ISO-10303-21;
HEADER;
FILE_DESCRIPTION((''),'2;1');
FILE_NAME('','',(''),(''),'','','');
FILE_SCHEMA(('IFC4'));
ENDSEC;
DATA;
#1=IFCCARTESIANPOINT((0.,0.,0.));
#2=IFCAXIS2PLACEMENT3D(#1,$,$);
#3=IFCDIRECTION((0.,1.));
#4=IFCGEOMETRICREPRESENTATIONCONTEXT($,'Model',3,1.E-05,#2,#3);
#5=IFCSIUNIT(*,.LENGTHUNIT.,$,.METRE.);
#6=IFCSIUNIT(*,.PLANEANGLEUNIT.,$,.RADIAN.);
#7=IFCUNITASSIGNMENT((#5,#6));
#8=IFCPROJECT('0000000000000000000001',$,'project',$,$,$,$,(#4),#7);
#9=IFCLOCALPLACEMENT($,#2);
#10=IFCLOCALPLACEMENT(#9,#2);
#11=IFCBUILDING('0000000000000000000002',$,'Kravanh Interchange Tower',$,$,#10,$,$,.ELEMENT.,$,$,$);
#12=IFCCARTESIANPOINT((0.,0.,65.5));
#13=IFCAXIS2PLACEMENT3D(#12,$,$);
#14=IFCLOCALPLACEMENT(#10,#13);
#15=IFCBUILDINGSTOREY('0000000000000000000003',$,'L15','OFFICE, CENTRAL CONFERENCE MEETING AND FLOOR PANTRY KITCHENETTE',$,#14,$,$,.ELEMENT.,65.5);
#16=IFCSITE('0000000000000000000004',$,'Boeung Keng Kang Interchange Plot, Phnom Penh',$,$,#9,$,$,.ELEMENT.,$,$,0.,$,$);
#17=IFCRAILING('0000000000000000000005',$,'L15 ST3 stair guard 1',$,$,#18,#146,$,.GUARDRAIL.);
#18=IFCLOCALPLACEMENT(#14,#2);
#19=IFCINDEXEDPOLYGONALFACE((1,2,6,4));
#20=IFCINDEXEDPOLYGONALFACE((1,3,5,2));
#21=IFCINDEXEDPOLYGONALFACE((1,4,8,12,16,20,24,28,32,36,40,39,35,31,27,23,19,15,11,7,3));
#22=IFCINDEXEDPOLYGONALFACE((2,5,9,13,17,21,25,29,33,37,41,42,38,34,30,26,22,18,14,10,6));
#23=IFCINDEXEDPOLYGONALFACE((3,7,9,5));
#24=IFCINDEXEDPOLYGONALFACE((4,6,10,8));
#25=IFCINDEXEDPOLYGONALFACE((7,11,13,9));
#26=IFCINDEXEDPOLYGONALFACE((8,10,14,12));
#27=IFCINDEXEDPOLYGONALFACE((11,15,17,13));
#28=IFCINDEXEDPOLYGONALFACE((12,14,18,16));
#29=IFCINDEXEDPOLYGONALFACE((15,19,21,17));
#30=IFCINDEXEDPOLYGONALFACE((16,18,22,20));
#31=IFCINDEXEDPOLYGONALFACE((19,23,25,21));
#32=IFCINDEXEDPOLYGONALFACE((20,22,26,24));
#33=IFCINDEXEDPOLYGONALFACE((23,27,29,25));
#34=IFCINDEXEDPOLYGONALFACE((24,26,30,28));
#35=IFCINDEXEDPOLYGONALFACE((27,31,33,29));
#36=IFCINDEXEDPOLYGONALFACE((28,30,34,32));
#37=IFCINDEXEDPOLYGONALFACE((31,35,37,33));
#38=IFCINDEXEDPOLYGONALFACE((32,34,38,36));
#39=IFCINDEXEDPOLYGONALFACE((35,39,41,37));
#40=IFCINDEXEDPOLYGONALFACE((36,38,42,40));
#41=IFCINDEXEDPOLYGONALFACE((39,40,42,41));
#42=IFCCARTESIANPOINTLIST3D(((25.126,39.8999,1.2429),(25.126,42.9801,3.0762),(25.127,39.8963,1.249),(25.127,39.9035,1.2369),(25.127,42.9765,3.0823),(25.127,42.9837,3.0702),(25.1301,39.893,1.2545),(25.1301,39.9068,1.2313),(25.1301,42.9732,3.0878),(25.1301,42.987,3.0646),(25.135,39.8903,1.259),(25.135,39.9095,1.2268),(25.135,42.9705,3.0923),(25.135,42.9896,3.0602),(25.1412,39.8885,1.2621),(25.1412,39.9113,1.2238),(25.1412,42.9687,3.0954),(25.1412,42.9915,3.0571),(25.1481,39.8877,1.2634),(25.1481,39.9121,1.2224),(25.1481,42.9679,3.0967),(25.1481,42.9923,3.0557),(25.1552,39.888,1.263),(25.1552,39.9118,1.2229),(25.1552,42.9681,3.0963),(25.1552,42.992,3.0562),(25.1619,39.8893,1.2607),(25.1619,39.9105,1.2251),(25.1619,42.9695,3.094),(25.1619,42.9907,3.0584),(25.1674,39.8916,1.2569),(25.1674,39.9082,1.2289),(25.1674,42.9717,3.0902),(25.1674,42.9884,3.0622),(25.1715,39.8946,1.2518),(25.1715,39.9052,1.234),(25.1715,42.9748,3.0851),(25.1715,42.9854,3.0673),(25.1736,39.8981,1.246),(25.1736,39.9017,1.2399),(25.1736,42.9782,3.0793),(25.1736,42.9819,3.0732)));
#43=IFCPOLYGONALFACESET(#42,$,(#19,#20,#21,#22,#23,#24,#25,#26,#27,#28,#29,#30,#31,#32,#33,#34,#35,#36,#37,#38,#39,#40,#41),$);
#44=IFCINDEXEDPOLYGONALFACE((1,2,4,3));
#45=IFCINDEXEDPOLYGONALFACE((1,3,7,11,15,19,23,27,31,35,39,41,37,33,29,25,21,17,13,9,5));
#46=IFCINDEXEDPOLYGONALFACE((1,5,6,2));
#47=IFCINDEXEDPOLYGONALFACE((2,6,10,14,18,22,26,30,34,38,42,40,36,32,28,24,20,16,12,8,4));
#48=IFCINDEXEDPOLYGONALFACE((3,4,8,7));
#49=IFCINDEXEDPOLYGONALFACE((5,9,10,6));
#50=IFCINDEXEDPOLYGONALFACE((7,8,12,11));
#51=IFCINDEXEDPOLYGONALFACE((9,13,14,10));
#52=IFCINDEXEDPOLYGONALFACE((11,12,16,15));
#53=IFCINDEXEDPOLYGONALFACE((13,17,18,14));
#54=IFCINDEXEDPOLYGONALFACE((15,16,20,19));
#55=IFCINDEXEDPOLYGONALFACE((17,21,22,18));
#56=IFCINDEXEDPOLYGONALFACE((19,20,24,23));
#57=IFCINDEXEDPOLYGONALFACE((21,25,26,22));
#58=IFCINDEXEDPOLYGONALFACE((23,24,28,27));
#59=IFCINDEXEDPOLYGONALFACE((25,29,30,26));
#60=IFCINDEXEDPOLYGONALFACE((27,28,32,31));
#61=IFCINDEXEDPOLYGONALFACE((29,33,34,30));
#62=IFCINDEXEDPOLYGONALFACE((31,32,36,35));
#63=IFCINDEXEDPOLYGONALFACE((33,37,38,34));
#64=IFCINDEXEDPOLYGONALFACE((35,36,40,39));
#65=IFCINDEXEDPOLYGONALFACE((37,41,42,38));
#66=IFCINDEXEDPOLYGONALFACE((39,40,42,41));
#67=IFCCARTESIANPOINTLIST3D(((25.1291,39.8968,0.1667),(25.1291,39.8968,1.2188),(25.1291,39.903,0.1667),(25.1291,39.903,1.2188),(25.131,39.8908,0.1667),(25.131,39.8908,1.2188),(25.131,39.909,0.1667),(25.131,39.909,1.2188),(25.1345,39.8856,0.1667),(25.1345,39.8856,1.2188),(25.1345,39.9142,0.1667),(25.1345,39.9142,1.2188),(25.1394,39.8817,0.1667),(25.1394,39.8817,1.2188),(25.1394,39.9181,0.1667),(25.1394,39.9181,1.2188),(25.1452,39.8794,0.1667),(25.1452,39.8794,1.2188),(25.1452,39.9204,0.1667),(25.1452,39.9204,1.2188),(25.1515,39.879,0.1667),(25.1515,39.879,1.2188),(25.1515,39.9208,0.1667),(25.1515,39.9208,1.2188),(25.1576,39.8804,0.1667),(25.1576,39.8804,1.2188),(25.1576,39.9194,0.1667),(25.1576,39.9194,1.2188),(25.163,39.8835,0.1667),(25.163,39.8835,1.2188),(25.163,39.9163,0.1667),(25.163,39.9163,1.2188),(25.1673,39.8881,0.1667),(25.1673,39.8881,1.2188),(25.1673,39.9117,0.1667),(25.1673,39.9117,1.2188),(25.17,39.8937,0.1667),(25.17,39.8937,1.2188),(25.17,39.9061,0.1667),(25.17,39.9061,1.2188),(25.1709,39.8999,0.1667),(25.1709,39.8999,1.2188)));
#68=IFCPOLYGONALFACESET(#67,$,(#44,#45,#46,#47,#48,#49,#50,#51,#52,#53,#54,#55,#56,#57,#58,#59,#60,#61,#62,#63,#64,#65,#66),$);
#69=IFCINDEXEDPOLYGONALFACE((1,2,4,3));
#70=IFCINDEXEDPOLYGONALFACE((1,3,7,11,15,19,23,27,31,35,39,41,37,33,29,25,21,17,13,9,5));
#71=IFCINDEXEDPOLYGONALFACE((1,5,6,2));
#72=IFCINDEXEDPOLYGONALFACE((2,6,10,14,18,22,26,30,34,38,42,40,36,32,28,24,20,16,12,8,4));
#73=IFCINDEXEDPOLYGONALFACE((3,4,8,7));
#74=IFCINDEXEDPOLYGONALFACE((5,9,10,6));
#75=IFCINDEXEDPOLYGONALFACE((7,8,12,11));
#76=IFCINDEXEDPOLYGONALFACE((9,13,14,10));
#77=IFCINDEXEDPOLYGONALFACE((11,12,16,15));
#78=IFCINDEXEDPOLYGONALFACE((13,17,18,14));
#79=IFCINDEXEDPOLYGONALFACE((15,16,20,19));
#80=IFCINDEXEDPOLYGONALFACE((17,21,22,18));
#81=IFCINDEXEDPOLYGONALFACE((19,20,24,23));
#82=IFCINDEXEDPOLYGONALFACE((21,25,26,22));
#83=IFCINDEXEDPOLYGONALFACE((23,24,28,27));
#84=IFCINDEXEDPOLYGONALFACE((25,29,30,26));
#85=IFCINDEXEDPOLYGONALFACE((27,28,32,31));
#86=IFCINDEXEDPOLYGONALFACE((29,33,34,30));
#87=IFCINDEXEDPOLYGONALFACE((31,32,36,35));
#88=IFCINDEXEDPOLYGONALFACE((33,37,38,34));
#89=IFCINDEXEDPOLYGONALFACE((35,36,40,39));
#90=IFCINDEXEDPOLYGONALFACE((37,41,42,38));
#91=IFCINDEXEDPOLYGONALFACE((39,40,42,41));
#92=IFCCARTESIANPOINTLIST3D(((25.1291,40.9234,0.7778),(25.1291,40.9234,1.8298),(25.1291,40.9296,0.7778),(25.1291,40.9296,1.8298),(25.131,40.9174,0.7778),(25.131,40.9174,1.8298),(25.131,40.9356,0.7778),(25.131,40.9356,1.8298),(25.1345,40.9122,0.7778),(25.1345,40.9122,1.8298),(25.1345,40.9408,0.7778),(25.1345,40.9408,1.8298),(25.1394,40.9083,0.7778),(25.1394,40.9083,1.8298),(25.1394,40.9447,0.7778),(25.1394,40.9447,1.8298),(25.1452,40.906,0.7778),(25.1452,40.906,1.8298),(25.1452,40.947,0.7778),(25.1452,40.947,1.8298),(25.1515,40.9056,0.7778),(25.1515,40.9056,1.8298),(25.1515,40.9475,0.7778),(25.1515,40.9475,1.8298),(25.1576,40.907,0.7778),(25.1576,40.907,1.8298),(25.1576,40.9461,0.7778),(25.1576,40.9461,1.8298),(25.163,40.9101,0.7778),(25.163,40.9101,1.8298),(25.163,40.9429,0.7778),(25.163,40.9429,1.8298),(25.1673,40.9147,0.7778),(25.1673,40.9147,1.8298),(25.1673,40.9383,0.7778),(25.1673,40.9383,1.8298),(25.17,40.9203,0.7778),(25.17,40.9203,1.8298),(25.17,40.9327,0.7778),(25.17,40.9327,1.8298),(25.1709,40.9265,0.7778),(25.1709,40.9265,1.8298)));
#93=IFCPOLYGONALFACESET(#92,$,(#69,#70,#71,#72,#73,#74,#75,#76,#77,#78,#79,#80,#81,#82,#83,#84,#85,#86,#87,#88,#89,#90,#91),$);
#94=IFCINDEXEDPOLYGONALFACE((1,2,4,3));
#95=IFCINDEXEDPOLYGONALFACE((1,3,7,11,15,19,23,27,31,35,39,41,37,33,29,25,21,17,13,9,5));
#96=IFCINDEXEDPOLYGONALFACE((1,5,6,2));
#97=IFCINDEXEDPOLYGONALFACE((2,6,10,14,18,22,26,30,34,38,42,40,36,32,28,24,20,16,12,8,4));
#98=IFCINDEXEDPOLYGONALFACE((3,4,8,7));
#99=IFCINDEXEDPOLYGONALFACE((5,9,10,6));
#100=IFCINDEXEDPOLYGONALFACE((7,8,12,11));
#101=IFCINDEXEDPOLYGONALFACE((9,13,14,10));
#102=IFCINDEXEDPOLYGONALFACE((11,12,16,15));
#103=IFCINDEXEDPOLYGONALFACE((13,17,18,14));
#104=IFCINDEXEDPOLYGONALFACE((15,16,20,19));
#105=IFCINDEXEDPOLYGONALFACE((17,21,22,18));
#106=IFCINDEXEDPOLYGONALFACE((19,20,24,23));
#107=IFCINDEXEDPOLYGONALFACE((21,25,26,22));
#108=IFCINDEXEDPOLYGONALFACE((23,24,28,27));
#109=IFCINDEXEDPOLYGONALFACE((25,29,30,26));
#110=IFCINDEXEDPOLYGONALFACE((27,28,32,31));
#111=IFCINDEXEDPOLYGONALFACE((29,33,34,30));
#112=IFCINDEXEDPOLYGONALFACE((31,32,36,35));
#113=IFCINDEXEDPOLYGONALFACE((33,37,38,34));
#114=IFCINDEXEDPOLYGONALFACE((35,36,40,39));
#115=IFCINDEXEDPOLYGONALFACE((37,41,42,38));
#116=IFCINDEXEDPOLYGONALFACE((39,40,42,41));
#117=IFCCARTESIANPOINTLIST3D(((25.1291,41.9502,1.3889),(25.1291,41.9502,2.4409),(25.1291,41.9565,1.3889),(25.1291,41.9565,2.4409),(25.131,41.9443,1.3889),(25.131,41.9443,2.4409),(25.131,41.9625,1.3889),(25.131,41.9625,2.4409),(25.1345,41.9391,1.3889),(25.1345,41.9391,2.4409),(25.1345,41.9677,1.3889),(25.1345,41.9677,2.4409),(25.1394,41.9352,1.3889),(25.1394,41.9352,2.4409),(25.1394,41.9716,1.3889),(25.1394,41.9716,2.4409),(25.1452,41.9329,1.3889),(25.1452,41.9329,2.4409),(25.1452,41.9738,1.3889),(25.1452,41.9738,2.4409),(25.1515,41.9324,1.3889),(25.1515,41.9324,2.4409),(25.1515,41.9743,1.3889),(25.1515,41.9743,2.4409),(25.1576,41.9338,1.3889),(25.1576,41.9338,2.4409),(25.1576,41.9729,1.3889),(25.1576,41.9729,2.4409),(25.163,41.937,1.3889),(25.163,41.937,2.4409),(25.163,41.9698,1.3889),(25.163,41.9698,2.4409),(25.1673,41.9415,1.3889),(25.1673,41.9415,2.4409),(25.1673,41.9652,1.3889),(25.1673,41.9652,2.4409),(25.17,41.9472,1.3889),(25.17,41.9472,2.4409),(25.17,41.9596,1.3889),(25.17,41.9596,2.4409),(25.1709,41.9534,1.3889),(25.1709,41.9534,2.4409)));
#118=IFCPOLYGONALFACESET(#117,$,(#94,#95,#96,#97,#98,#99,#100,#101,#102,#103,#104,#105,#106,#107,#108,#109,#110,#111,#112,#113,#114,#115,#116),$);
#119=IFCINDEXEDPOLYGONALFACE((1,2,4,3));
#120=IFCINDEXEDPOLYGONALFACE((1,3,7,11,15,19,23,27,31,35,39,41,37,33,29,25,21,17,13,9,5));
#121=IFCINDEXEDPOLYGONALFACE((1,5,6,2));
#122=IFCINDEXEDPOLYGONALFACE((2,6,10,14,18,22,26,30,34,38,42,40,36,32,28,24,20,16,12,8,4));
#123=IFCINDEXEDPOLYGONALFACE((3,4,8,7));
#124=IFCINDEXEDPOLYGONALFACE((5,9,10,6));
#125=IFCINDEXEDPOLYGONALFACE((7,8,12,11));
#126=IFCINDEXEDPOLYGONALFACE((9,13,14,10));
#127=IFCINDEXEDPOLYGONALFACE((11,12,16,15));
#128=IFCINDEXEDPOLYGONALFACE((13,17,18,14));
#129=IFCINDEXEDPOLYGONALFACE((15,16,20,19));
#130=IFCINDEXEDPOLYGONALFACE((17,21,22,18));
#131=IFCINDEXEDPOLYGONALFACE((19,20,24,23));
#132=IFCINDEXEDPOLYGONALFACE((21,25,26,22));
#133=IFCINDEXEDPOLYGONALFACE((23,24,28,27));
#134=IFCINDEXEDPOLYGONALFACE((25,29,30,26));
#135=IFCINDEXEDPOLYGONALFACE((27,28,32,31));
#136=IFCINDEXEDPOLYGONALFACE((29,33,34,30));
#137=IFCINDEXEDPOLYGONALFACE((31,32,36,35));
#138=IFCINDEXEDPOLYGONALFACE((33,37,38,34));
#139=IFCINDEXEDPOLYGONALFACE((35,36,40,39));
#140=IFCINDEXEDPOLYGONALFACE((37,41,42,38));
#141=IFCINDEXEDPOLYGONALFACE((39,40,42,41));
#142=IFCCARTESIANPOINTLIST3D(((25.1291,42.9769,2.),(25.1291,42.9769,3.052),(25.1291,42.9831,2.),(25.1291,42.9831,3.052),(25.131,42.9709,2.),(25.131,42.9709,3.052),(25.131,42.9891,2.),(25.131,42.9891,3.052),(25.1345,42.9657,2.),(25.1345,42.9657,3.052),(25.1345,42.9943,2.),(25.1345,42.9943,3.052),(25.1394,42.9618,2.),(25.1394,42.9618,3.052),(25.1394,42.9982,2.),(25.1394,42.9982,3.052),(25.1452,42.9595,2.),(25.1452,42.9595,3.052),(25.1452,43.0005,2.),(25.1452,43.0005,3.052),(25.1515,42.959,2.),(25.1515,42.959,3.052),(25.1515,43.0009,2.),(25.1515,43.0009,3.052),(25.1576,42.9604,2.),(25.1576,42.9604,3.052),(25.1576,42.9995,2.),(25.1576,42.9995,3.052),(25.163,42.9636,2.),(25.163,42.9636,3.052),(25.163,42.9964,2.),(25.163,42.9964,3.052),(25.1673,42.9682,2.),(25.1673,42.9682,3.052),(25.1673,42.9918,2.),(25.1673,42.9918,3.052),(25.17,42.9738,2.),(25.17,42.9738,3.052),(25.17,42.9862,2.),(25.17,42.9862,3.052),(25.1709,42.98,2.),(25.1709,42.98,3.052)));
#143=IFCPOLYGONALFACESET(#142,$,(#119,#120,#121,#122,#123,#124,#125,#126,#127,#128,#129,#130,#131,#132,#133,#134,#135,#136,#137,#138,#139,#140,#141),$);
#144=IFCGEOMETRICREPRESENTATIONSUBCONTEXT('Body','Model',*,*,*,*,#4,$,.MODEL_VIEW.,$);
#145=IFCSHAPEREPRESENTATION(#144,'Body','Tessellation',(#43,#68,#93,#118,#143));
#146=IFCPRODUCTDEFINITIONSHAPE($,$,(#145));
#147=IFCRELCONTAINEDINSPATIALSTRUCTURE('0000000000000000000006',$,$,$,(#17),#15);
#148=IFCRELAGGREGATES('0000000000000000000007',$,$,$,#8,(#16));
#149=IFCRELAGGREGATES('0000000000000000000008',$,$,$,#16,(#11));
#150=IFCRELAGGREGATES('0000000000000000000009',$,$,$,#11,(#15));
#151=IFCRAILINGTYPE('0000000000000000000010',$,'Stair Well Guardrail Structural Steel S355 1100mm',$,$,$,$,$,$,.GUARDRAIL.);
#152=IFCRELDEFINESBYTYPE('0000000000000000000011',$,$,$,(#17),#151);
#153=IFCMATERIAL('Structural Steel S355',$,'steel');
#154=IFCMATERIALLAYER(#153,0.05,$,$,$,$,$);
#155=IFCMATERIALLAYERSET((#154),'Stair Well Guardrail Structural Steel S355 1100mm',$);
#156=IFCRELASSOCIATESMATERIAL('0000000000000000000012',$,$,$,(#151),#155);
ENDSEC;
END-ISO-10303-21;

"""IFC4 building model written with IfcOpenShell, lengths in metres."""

from ifc_helpers import new_model, si_unit, direction, frame, origin, origin_2d, place, context, subcontext, project, spatial, circle, extrude, material, layer, layer_set, type_object, element, save


model = new_model("IFC4")

# Units and contexts
model_context = context("Model", 3, precision=1e-05, world=origin(), true_north=direction((0.0, 1.0)))
body_context = subcontext(model_context, "Body", "Model", "MODEL_VIEW")
ifc_project = project(units=[si_unit("LENGTHUNIT", "METRE"), si_unit("PLANEANGLEUNIT", "RADIAN")], contexts=[model_context])

# Site, building, storey
site_placement = place(None, origin())
site = spatial("IfcSite", under=ifc_project, at=site_placement, Name="Boeung Keng Kang Interchange Plot, Phnom Penh", CompositionType="ELEMENT", RefElevation=0.0)
building_placement = place(site_placement, origin())
building = spatial("IfcBuilding", under=site, at=building_placement, Name="Kravanh Interchange Tower", CompositionType="ELEMENT")
storey_placement = place(building_placement, frame((0.0, 0.0, 65.5)))
storey = spatial("IfcBuildingStorey", under=building, at=storey_placement, Name="L15", Description="OFFICE, CENTRAL CONFERENCE MEETING AND FLOOR PANTRY KITCHENETTE", CompositionType="ELEMENT", Elevation=65.5)

# Railing
ifc_material_1 = material(Name="Structural Steel S355", Category="steel")
ifc_layer_1 = layer(ifc_material_1, 0.05)
ifc_layer_set_1 = layer_set([ifc_layer_1], Name="Stair Well Guardrail Structural Steel S355 1100mm")
railing_type_1 = type_object("IfcRailingType", Name="Stair Well Guardrail Structural Steel S355 1100mm", PredefinedType="GUARDRAIL", material=ifc_layer_set_1)
railing_1_placement = place(storey_placement, frame((25.1499, 39.8999, 0.1667)))
element("IfcRailing", 1, at=railing_1_placement, inside=storey, type_object=railing_type_1, Name="L15 ST3 stair guard 1", PredefinedType="GUARDRAIL", context=body_context, shape_type="SweptSolid", body=[
    extrude(circle(Radius=0.0239, at=origin_2d()), frame((0.0, 0.0, 1.0762), z_axis=(0.0, 0.859309, 0.511458), x_axis=(-1.0, 0.0, 0.0)), (0.0, 0.0, 1.0), 3.5845),
    extrude(circle(Radius=0.021, at=origin_2d()), origin(), (0.0, 0.0, 1.0), 1.052),
    extrude(circle(Radius=0.021, at=origin_2d()), frame((0.0, 1.0266, 0.6111)), (0.0, 0.0, 1.0), 1.052),
    extrude(circle(Radius=0.021, at=origin_2d()), frame((0.0, 2.0535, 1.2222)), (0.0, 0.0, 1.0), 1.052),
    extrude(circle(Radius=0.021, at=origin_2d()), frame((0.0, 3.0801, 1.8333)), (0.0, 0.0, 1.0), 1.052),
])

save(model, "model.ifc")
